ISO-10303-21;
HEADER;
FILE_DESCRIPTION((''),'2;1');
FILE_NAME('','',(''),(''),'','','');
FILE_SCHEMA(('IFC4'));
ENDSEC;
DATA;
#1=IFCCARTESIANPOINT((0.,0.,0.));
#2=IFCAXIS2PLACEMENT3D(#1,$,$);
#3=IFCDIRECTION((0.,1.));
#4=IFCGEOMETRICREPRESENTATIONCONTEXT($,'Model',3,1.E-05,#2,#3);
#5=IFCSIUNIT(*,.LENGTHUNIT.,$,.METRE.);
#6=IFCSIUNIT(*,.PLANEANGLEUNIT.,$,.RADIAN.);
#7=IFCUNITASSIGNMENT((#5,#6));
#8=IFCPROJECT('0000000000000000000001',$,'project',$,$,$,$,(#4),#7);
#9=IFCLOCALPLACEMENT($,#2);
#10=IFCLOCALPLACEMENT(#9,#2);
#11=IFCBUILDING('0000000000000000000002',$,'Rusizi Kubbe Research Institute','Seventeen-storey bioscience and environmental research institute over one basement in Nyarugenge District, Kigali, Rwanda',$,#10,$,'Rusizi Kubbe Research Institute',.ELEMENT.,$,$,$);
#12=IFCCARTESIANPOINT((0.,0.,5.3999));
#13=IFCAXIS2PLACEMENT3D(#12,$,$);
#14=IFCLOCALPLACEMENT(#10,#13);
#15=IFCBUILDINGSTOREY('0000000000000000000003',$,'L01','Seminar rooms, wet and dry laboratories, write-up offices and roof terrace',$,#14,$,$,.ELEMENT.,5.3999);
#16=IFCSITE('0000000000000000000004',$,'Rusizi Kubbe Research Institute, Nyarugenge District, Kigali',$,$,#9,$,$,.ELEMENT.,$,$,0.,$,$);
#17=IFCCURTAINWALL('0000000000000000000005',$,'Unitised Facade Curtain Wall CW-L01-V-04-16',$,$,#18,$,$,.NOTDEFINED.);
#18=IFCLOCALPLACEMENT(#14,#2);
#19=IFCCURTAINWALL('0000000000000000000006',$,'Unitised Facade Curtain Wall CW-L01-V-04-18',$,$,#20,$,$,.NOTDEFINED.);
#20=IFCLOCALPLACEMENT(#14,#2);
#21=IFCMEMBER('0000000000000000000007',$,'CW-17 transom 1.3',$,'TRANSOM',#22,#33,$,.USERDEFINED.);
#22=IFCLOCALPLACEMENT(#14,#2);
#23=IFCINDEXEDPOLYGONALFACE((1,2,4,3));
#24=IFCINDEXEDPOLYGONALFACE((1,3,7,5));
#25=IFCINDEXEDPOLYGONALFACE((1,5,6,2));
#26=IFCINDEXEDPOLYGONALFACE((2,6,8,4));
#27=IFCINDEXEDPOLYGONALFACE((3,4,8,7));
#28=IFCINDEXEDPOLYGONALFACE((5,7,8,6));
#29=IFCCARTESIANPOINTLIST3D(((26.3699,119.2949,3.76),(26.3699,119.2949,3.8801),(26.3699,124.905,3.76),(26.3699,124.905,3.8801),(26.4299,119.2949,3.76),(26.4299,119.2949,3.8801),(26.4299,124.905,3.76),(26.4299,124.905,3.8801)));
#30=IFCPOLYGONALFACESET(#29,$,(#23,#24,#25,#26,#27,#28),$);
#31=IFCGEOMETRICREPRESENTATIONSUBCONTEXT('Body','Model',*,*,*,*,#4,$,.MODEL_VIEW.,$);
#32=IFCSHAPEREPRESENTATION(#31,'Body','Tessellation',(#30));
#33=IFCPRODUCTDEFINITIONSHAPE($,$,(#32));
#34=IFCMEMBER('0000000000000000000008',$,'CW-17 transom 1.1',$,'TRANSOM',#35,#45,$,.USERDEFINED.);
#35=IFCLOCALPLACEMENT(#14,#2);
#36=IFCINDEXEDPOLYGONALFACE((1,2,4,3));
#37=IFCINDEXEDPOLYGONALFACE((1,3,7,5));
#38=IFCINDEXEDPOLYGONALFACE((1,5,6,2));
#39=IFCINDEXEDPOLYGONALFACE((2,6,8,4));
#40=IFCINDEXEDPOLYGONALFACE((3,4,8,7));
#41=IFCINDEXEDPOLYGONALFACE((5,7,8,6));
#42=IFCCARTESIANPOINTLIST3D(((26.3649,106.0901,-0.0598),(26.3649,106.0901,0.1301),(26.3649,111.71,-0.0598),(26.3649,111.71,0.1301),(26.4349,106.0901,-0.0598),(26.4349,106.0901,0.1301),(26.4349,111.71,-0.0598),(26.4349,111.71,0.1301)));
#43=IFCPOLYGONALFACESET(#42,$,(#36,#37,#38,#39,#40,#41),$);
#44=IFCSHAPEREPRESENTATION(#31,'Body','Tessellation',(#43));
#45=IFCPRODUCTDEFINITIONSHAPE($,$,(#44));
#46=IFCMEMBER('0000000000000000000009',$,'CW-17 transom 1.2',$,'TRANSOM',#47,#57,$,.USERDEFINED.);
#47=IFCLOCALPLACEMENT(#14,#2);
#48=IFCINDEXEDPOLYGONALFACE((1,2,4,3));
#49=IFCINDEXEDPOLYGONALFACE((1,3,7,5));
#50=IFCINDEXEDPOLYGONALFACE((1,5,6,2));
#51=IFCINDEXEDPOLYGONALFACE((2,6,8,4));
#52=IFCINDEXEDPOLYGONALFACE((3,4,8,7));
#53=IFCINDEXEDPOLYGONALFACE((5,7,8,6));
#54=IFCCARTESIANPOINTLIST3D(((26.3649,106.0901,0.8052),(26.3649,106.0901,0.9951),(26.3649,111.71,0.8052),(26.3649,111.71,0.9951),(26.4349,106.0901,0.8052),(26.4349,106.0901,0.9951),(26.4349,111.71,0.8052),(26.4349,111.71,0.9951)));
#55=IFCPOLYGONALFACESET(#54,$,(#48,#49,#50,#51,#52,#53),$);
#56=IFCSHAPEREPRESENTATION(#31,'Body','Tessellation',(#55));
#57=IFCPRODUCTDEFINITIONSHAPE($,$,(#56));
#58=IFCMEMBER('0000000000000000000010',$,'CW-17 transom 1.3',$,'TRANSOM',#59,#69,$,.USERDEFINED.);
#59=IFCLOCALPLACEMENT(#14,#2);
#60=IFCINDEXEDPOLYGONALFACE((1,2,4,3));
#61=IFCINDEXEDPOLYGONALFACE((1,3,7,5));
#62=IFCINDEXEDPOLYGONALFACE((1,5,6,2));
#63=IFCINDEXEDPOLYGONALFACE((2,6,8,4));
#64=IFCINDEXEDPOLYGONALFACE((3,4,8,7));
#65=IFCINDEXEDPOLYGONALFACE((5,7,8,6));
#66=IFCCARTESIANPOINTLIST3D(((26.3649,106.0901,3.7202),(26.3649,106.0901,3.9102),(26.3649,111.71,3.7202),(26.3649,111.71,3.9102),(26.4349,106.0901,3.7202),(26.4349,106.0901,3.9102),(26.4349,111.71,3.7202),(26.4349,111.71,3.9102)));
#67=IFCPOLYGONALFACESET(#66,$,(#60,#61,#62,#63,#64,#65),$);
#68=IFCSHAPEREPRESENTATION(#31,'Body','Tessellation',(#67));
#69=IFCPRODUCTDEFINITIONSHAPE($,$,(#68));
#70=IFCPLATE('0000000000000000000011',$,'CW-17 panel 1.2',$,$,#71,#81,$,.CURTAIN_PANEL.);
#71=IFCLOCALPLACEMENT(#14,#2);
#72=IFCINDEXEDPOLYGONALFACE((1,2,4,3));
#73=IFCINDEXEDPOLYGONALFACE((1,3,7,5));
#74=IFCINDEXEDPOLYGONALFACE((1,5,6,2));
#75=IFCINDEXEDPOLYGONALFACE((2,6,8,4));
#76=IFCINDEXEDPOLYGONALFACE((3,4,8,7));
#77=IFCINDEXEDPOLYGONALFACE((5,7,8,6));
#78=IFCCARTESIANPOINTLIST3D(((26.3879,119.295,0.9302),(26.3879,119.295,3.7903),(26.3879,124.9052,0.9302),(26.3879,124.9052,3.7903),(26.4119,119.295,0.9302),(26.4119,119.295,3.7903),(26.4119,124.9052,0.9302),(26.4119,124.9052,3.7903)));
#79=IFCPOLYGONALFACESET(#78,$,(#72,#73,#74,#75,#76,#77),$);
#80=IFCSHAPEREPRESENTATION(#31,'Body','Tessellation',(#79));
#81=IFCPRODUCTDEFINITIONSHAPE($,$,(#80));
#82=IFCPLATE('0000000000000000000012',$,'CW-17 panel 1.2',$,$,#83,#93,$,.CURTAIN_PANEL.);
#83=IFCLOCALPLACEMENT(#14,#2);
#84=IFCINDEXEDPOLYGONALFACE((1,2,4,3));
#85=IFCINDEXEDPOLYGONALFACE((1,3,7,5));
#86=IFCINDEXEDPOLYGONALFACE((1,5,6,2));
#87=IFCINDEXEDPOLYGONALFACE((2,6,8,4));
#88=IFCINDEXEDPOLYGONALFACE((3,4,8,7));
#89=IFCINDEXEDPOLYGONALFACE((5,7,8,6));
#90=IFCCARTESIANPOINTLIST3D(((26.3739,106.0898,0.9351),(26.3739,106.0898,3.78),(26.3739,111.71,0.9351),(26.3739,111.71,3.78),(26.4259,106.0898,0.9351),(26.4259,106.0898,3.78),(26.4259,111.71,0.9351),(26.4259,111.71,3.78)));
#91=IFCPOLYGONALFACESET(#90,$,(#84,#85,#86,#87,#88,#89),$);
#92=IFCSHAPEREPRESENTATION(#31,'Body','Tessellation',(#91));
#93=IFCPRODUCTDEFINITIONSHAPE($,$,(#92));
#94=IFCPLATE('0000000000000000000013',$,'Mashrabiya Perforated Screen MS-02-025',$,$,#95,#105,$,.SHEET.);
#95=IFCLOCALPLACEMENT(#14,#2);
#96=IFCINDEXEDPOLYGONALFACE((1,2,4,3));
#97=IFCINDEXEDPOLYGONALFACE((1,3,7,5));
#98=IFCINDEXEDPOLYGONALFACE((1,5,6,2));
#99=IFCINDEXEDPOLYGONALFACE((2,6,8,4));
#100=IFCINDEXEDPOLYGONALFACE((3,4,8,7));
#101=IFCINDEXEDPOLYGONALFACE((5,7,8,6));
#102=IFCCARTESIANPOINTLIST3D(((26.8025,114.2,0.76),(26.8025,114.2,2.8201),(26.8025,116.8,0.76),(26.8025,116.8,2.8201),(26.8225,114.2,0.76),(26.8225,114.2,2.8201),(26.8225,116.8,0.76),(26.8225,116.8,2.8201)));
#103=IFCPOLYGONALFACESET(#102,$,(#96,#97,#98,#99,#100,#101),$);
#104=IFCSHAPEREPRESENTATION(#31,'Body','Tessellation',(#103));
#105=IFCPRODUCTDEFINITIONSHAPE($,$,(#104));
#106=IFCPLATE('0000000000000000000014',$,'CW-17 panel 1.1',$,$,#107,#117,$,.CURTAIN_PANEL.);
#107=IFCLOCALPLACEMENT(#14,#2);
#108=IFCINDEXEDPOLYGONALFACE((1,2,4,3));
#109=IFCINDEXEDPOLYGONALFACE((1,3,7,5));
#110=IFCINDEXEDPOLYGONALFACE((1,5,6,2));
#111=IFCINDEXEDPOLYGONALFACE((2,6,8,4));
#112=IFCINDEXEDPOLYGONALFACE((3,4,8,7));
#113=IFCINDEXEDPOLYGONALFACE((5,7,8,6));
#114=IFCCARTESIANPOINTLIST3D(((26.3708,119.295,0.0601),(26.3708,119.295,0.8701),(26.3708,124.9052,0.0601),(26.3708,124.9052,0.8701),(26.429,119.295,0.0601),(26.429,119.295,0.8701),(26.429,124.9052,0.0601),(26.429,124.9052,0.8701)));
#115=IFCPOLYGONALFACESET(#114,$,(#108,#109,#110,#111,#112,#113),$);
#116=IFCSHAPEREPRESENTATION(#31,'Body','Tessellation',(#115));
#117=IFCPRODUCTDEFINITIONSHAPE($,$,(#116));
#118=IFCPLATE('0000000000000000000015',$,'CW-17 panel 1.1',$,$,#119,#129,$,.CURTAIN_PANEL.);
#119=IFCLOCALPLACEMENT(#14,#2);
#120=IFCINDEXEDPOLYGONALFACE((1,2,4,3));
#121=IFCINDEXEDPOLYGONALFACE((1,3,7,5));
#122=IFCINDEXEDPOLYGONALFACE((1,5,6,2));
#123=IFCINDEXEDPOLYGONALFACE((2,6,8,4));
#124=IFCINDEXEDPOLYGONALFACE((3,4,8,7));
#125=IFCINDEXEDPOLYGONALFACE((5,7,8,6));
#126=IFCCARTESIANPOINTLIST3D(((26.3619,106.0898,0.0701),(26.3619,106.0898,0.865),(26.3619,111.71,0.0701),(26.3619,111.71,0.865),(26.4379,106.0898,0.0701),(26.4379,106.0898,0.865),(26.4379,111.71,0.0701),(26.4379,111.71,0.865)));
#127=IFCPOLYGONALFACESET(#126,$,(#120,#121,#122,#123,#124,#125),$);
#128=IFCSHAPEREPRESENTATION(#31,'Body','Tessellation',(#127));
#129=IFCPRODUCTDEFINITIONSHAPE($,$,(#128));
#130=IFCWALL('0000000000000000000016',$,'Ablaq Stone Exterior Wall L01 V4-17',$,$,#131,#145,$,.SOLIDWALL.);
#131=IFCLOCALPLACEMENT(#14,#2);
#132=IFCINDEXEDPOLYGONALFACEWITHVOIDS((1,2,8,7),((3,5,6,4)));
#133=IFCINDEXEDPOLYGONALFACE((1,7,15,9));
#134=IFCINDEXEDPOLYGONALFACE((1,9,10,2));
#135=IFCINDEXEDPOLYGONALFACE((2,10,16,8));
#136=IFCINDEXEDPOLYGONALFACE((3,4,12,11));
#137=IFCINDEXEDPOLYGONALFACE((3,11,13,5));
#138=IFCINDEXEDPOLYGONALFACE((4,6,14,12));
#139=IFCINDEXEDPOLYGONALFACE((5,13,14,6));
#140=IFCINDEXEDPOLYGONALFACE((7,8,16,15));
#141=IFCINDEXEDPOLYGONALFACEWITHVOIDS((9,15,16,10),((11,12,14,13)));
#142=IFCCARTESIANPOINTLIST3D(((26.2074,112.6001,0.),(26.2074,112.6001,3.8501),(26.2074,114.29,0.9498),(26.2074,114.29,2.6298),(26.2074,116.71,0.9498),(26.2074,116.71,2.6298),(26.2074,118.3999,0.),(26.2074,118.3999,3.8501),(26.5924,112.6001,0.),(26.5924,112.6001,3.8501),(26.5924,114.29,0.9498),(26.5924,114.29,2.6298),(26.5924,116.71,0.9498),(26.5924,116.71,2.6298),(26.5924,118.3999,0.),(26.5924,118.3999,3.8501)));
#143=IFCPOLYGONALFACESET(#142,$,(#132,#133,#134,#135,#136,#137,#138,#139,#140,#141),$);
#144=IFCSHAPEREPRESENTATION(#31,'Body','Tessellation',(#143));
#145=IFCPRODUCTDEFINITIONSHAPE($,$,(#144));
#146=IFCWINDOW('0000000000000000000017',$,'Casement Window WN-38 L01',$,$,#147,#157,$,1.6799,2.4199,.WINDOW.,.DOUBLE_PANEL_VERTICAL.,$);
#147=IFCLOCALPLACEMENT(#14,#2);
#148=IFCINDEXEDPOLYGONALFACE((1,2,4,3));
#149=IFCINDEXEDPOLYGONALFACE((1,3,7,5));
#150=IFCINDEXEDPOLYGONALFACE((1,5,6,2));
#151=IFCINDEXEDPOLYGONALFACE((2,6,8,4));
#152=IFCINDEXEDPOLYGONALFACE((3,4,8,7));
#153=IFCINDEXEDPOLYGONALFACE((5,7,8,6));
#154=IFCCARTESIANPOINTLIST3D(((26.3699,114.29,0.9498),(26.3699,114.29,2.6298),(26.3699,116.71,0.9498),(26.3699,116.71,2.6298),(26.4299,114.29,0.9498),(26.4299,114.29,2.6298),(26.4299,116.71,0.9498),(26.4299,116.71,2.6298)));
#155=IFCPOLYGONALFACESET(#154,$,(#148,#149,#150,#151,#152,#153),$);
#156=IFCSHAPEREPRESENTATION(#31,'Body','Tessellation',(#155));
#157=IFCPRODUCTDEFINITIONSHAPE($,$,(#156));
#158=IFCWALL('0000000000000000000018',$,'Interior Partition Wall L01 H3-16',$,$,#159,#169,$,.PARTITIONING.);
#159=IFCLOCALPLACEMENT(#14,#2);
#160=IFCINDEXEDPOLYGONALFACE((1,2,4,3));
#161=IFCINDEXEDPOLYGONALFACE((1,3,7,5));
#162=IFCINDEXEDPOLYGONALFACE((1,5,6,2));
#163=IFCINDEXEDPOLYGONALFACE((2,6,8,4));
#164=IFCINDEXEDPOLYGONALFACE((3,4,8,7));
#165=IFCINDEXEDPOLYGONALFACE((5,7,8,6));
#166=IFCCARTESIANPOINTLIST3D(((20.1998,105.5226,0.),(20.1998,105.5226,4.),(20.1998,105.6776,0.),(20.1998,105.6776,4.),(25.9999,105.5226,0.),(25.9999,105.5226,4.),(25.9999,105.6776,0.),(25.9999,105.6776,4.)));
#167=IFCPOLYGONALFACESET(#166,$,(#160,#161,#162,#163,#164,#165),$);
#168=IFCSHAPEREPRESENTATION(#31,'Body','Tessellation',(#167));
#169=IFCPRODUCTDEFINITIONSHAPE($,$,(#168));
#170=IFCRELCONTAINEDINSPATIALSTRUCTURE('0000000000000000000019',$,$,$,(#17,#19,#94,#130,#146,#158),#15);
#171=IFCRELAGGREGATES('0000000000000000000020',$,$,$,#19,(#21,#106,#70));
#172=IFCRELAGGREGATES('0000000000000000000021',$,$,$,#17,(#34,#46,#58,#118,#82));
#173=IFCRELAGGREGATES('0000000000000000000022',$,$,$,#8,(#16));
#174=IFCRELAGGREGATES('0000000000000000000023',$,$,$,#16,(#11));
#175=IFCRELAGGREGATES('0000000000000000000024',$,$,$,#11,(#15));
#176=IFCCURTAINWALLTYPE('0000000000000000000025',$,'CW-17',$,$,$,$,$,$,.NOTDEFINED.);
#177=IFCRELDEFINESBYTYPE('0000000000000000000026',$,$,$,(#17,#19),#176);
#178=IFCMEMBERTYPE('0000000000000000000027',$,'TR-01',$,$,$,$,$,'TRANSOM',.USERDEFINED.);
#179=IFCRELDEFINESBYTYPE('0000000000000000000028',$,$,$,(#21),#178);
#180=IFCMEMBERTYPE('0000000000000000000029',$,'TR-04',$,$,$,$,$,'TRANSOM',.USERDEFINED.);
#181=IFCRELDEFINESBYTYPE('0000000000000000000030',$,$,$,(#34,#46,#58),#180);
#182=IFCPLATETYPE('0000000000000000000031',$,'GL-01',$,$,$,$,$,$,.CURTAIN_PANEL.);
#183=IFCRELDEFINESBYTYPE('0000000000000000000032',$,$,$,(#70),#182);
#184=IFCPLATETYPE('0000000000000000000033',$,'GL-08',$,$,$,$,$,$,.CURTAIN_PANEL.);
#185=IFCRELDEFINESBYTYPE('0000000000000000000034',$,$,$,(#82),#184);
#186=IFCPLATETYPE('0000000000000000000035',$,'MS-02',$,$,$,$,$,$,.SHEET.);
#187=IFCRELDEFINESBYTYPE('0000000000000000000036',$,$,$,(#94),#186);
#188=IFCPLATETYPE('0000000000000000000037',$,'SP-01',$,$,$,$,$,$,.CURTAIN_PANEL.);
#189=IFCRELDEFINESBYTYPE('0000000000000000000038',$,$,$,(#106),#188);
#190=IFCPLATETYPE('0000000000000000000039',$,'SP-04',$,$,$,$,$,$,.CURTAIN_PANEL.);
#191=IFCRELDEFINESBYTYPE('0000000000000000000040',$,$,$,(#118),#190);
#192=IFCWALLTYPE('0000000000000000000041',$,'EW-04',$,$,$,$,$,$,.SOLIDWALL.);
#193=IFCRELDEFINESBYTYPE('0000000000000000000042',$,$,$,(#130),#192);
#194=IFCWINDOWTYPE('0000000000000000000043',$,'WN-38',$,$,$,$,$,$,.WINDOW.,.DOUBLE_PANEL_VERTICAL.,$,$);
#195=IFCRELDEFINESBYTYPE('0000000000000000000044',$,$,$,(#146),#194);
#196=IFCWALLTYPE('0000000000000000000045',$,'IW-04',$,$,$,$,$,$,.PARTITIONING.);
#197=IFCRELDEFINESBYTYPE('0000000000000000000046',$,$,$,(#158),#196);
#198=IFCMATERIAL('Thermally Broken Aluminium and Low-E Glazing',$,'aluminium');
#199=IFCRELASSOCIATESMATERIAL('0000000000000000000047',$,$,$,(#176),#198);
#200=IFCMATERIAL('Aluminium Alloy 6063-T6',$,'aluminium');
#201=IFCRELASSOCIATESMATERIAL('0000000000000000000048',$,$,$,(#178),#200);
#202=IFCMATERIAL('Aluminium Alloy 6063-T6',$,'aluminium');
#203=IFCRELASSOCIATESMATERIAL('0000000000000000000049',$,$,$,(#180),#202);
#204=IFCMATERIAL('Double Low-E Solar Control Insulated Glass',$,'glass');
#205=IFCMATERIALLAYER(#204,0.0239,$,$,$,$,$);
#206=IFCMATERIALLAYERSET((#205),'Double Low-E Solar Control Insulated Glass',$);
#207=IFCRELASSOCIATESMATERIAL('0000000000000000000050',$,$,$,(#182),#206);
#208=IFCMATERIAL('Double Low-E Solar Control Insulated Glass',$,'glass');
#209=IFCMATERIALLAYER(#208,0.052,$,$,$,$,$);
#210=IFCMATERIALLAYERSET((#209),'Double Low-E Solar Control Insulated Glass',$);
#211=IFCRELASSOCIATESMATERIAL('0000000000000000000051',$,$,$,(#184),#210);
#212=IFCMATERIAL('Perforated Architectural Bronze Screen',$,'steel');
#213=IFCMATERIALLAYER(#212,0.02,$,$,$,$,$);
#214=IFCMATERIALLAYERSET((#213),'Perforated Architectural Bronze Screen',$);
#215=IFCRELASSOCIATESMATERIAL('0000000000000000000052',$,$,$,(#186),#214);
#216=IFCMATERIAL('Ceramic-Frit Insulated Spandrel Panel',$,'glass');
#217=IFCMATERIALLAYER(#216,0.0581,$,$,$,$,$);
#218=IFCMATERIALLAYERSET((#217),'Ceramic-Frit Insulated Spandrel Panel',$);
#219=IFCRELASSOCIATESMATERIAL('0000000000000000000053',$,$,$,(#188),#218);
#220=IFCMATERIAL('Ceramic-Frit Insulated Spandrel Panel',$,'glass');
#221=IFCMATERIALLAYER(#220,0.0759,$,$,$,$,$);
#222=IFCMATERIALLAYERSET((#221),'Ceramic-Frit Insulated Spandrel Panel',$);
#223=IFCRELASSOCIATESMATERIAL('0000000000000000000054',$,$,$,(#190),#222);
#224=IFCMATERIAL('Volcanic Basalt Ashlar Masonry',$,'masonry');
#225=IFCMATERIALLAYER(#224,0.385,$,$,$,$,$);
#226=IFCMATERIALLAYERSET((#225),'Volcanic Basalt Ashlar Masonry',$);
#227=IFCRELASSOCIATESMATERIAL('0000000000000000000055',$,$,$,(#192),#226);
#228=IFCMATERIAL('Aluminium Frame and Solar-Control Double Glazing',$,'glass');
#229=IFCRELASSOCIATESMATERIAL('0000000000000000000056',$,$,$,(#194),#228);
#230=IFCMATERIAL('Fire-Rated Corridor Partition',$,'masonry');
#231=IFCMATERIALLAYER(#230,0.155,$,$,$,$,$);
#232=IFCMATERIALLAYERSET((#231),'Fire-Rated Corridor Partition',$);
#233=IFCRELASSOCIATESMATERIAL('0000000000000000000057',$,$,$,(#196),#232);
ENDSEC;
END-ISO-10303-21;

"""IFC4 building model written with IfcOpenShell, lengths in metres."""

from ifc_helpers import new_model, si_unit, direction, frame, frame_2d, origin, origin_2d, place, context, subcontext, project, spatial, rectangle, extrude, material, layer, layer_set, material_profile, profile_set, type_object, element, fill, aggregate, save


model = new_model("IFC4")

# Units and contexts
model_context = context("Model", 3, precision=1e-05, world=origin(), true_north=direction((0.0, 1.0)))
body_context = subcontext(model_context, "Body", "Model", "MODEL_VIEW")
ifc_project = project(units=[si_unit("LENGTHUNIT", "METRE"), si_unit("PLANEANGLEUNIT", "RADIAN")], contexts=[model_context])

# Site, building, storey
site_placement = place(None, origin())
site = spatial("IfcSite", under=ifc_project, at=site_placement, Name="Rusizi Kubbe Research Institute, Nyarugenge District, Kigali", CompositionType="ELEMENT", RefElevation=0.0)
building_placement = place(site_placement, origin())
building = spatial("IfcBuilding", under=site, at=building_placement, Name="Rusizi Kubbe Research Institute", Description="Seventeen-storey bioscience and environmental research institute over one basement in Nyarugenge District, Kigali, Rwanda", LongName="Rusizi Kubbe Research Institute", CompositionType="ELEMENT")
storey_placement = place(building_placement, frame((0.0, 0.0, 5.3999)))
storey = spatial("IfcBuildingStorey", under=building, at=storey_placement, Name="L01", Description="Seminar rooms, wet and dry laboratories, write-up offices and roof terrace", CompositionType="ELEMENT", Elevation=5.3999)

# Curtain walls, member
ifc_material_1 = material(Name="Thermally Broken Aluminium and Low-E Glazing", Category="aluminium")
curtain_wall_type = type_object("IfcCurtainWallType", Name="CW-17", PredefinedType="NOTDEFINED", material=ifc_material_1)
curtain_wall_1_placement = place(storey_placement, origin())
curtain_wall_1 = element("IfcCurtainWall", 1, at=curtain_wall_1_placement, inside=storey, type_object=curtain_wall_type, Name="Unitised Facade Curtain Wall CW-L01-V-04-16", PredefinedType="NOTDEFINED")
curtain_wall_2_placement = place(storey_placement, origin())
curtain_wall_2 = element("IfcCurtainWall", 2, at=curtain_wall_2_placement, inside=storey, type_object=curtain_wall_type, Name="Unitised Facade Curtain Wall CW-L01-V-04-18", PredefinedType="NOTDEFINED")
ifc_material_2 = material(Name="Aluminium Alloy 6063-T6", Category="aluminium")
ifc_material_profile_1 = material_profile(ifc_material_2, rectangle(XDim=0.0601, YDim=0.1201, at=origin_2d()), Name="ALU-T 60x120")
ifc_profile_set_1 = profile_set([ifc_material_profile_1], Name="Aluminium Alloy 6063-T6")
member_type_1 = type_object("IfcMemberType", Name="TR-01", ElementType="TRANSOM", PredefinedType="USERDEFINED", material=ifc_profile_set_1)
member_1_placement = place(storey_placement, frame((26.3999, 119.2949, 3.8201), z_axis=(0.0, 1.0, 0.0), x_axis=(-1.0, 0.0, 0.0)))
member_1 = element("IfcMember", 3, at=member_1_placement, type_object=member_type_1, Name="CW-17 transom 1.3", ObjectType="TRANSOM", PredefinedType="USERDEFINED", context=body_context, shape_type="SweptSolid", body=[
    extrude(rectangle(XDim=0.0601, YDim=0.1201, at=origin_2d()), origin(), (0.0, 0.0, 1.0), 5.6101),
])

# Members
ifc_material_3 = material(Name="Aluminium Alloy 6063-T6", Category="aluminium")
ifc_material_profile_2 = material_profile(ifc_material_3, rectangle(XDim=0.0701, YDim=0.1899, at=origin_2d()), Name="ALU-T 70x190")
ifc_profile_set_2 = profile_set([ifc_material_profile_2], Name="Aluminium Alloy 6063-T6")
member_type_2 = type_object("IfcMemberType", Name="TR-04", ElementType="TRANSOM", PredefinedType="USERDEFINED", material=ifc_profile_set_2)
member_2_placement = place(storey_placement, frame((26.3999, 106.0901, 0.0352), z_axis=(0.0, 1.0, 0.0), x_axis=(-1.0, 0.0, 0.0)))
member_2 = element("IfcMember", 4, at=member_2_placement, type_object=member_type_2, Name="CW-17 transom 1.1", ObjectType="TRANSOM", PredefinedType="USERDEFINED", context=body_context, shape_type="SweptSolid", body=[
    extrude(rectangle(XDim=0.0701, YDim=0.1899, at=origin_2d()), origin(), (0.0, 0.0, 1.0), 5.6199),
])
member_3_placement = place(storey_placement, frame((26.3999, 106.0901, 0.9001), z_axis=(0.0, 1.0, 0.0), x_axis=(-1.0, 0.0, 0.0)))
member_3 = element("IfcMember", 5, at=member_3_placement, type_object=member_type_2, Name="CW-17 transom 1.2", ObjectType="TRANSOM", PredefinedType="USERDEFINED", context=body_context, shape_type="SweptSolid", body=[
    extrude(rectangle(XDim=0.0701, YDim=0.1899, at=origin_2d()), origin(), (0.0, 0.0, 1.0), 5.6199),
])
member_4_placement = place(storey_placement, frame((26.3999, 106.0901, 3.8152), z_axis=(0.0, 1.0, 0.0), x_axis=(-1.0, 0.0, 0.0)))
member_4 = element("IfcMember", 6, at=member_4_placement, type_object=member_type_2, Name="CW-17 transom 1.3", ObjectType="TRANSOM", PredefinedType="USERDEFINED", context=body_context, shape_type="SweptSolid", body=[
    extrude(rectangle(XDim=0.0701, YDim=0.1899, at=origin_2d()), origin(), (0.0, 0.0, 1.0), 5.6199),
])

# Plates
ifc_material_4 = material(Name="Double Low-E Solar Control Insulated Glass", Category="glass")
ifc_layer_1 = layer(ifc_material_4, 0.0239)
ifc_layer_set_1 = layer_set([ifc_layer_1], Name="Double Low-E Solar Control Insulated Glass")
plate_type_1 = type_object("IfcPlateType", Name="GL-01", PredefinedType="CURTAIN_PANEL", material=ifc_layer_set_1)
plate_1_placement = place(storey_placement, frame((26.3999, 122.1001, 0.9302), z_axis=(0.0, 0.0, 1.0), x_axis=(0.0, 1.0, 0.0)))
plate_1 = element("IfcPlate", 7, at=plate_1_placement, type_object=plate_type_1, Name="CW-17 panel 1.2", PredefinedType="CURTAIN_PANEL", context=body_context, shape_type="SweptSolid", body=[
    extrude(rectangle(XDim=5.6101, YDim=0.0239, at=origin_2d()), origin(), (0.0, 0.0, 1.0), 2.8601),
])
ifc_material_5 = material(Name="Double Low-E Solar Control Insulated Glass", Category="glass")
ifc_layer_2 = layer(ifc_material_5, 0.052)
ifc_layer_set_2 = layer_set([ifc_layer_2], Name="Double Low-E Solar Control Insulated Glass")
plate_type_2 = type_object("IfcPlateType", Name="GL-08", PredefinedType="CURTAIN_PANEL", material=ifc_layer_set_2)
plate_2_placement = place(storey_placement, frame((26.3999, 108.8999, 0.9351), z_axis=(0.0, 0.0, 1.0), x_axis=(0.0, 1.0, 0.0)))
plate_2 = element("IfcPlate", 8, at=plate_2_placement, type_object=plate_type_2, Name="CW-17 panel 1.2", PredefinedType="CURTAIN_PANEL", context=body_context, shape_type="SweptSolid", body=[
    extrude(rectangle(XDim=5.6201, YDim=0.052, at=origin_2d()), origin(), (0.0, 0.0, 1.0), 2.845),
])
ifc_material_6 = material(Name="Perforated Architectural Bronze Screen", Category="steel")
ifc_layer_3 = layer(ifc_material_6, 0.02)
ifc_layer_set_3 = layer_set([ifc_layer_3], Name="Perforated Architectural Bronze Screen")
plate_type_3 = type_object("IfcPlateType", Name="MS-02", PredefinedType="SHEET", material=ifc_layer_set_3)
plate_3_placement = place(storey_placement, frame((26.8125, 115.5, 0.76), z_axis=(0.0, 0.0, 1.0), x_axis=(0.0, 1.0, 0.0)))
element("IfcPlate", 9, at=plate_3_placement, inside=storey, type_object=plate_type_3, Name="Mashrabiya Perforated Screen MS-02-025", PredefinedType="SHEET", context=body_context, shape_type="SweptSolid", body=[
    extrude(rectangle(XDim=2.6001, YDim=0.02, at=origin_2d()), origin(), (0.0, 0.0, 1.0), 2.0601),
])
ifc_material_7 = material(Name="Ceramic-Frit Insulated Spandrel Panel", Category="glass")
ifc_layer_4 = layer(ifc_material_7, 0.0581)
ifc_layer_set_4 = layer_set([ifc_layer_4], Name="Ceramic-Frit Insulated Spandrel Panel")
plate_type_4 = type_object("IfcPlateType", Name="SP-01", PredefinedType="CURTAIN_PANEL", material=ifc_layer_set_4)
plate_4_placement = place(storey_placement, frame((26.3999, 122.1001, 0.0601), z_axis=(0.0, 0.0, 1.0), x_axis=(0.0, 1.0, 0.0)))
plate_4 = element("IfcPlate", 10, at=plate_4_placement, type_object=plate_type_4, Name="CW-17 panel 1.1", PredefinedType="CURTAIN_PANEL", context=body_context, shape_type="SweptSolid", body=[
    extrude(rectangle(XDim=5.6101, YDim=0.0581, at=origin_2d()), origin(), (0.0, 0.0, 1.0), 0.8101),
])
aggregate(curtain_wall_2, [member_1, plate_4, plate_1])
ifc_material_8 = material(Name="Ceramic-Frit Insulated Spandrel Panel", Category="glass")
ifc_layer_5 = layer(ifc_material_8, 0.0759)
ifc_layer_set_5 = layer_set([ifc_layer_5], Name="Ceramic-Frit Insulated Spandrel Panel")
plate_type_5 = type_object("IfcPlateType", Name="SP-04", PredefinedType="CURTAIN_PANEL", material=ifc_layer_set_5)
plate_5_placement = place(storey_placement, frame((26.3999, 108.8999, 0.0701), z_axis=(0.0, 0.0, 1.0), x_axis=(0.0, 1.0, 0.0)))
plate_5 = element("IfcPlate", 11, at=plate_5_placement, type_object=plate_type_5, Name="CW-17 panel 1.1", PredefinedType="CURTAIN_PANEL", context=body_context, shape_type="SweptSolid", body=[
    extrude(rectangle(XDim=5.6201, YDim=0.0759, at=origin_2d()), origin(), (0.0, 0.0, 1.0), 0.7949),
])
aggregate(curtain_wall_1, [member_2, member_3, member_4, plate_5, plate_2])

# Wall, opening, window
ifc_material_9 = material(Name="Volcanic Basalt Ashlar Masonry", Category="masonry")
ifc_layer_6 = layer(ifc_material_9, 0.385)
ifc_layer_set_6 = layer_set([ifc_layer_6], Name="Volcanic Basalt Ashlar Masonry")
wall_type_1 = type_object("IfcWallType", Name="EW-04", PredefinedType="SOLIDWALL", material=ifc_layer_set_6)
wall_1_placement = place(storey_placement, frame((26.3999, 112.6001, 0.0), z_axis=(0.0, 0.0, 1.0), x_axis=(0.0, 1.0, 0.0)))
wall_1 = element("IfcWall", 12, at=wall_1_placement, inside=storey, type_object=wall_type_1, Name="Ablaq Stone Exterior Wall L01 V4-17", PredefinedType="SOLIDWALL", context=body_context, shape_type="SweptSolid", body=[
    extrude(rectangle(XDim=5.7998, YDim=0.385, at=frame_2d((2.8999, 0.0))), origin(), (0.0, 0.0, 1.0), 3.8501),
])
opening_placement = place(wall_1_placement, frame((1.6899, 0.0, 0.95)))
opening = element("IfcOpeningElement", 13, at=opening_placement, cuts=wall_1, PredefinedType="OPENING", context=body_context, shape_type="SweptSolid", body=[
    extrude(rectangle(XDim=2.4199, YDim=1.6799, at=frame_2d((1.21, 0.8398))), frame((0.0, 0.2024, 0.0), z_axis=(0.0, -1.0, 0.0), x_axis=(1.0, 0.0, 0.0)), (0.0, 0.0, 1.0), 0.405),
])
ifc_material_10 = material(Name="Aluminium Frame and Solar-Control Double Glazing", Category="glass")
window_type = type_object("IfcWindowType", Name="WN-38", PartitioningType="DOUBLE_PANEL_VERTICAL", PredefinedType="WINDOW", material=ifc_material_10)
window_placement = place(opening_placement, origin())
window = element("IfcWindow", 14, at=window_placement, inside=storey, type_object=window_type, Name="Casement Window WN-38 L01", OverallHeight=1.6799, OverallWidth=2.4199, PartitioningType="DOUBLE_PANEL_VERTICAL", PredefinedType="WINDOW", context=body_context, shape_type="SweptSolid", body=[
    extrude(rectangle(XDim=2.4199, YDim=1.6799, at=frame_2d((1.21, 0.8398))), frame((0.0, 0.03, 0.0), z_axis=(0.0, -1.0, 0.0), x_axis=(1.0, 0.0, 0.0)), (0.0, 0.0, 1.0), 0.0601),
])
fill(opening, window)

# Wall
ifc_material_11 = material(Name="Fire-Rated Corridor Partition", Category="masonry")
ifc_layer_7 = layer(ifc_material_11, 0.155)
ifc_layer_set_7 = layer_set([ifc_layer_7], Name="Fire-Rated Corridor Partition")
wall_type_2 = type_object("IfcWallType", Name="IW-04", PredefinedType="PARTITIONING", material=ifc_layer_set_7)
wall_2_placement = place(storey_placement, frame((20.2, 105.6001, 0.0), z_axis=(0.0, 0.0, 1.0), x_axis=(1.0, 0.0, 0.0)))
element("IfcWall", 15, at=wall_2_placement, inside=storey, type_object=wall_type_2, Name="Interior Partition Wall L01 H3-16", PredefinedType="PARTITIONING", context=body_context, shape_type="SweptSolid", body=[
    extrude(rectangle(XDim=5.8, YDim=0.155, at=frame_2d((2.8999, 0.0))), origin(), (0.0, 0.0, 1.0), 4.0),
])

save(model, "model.ifc")
